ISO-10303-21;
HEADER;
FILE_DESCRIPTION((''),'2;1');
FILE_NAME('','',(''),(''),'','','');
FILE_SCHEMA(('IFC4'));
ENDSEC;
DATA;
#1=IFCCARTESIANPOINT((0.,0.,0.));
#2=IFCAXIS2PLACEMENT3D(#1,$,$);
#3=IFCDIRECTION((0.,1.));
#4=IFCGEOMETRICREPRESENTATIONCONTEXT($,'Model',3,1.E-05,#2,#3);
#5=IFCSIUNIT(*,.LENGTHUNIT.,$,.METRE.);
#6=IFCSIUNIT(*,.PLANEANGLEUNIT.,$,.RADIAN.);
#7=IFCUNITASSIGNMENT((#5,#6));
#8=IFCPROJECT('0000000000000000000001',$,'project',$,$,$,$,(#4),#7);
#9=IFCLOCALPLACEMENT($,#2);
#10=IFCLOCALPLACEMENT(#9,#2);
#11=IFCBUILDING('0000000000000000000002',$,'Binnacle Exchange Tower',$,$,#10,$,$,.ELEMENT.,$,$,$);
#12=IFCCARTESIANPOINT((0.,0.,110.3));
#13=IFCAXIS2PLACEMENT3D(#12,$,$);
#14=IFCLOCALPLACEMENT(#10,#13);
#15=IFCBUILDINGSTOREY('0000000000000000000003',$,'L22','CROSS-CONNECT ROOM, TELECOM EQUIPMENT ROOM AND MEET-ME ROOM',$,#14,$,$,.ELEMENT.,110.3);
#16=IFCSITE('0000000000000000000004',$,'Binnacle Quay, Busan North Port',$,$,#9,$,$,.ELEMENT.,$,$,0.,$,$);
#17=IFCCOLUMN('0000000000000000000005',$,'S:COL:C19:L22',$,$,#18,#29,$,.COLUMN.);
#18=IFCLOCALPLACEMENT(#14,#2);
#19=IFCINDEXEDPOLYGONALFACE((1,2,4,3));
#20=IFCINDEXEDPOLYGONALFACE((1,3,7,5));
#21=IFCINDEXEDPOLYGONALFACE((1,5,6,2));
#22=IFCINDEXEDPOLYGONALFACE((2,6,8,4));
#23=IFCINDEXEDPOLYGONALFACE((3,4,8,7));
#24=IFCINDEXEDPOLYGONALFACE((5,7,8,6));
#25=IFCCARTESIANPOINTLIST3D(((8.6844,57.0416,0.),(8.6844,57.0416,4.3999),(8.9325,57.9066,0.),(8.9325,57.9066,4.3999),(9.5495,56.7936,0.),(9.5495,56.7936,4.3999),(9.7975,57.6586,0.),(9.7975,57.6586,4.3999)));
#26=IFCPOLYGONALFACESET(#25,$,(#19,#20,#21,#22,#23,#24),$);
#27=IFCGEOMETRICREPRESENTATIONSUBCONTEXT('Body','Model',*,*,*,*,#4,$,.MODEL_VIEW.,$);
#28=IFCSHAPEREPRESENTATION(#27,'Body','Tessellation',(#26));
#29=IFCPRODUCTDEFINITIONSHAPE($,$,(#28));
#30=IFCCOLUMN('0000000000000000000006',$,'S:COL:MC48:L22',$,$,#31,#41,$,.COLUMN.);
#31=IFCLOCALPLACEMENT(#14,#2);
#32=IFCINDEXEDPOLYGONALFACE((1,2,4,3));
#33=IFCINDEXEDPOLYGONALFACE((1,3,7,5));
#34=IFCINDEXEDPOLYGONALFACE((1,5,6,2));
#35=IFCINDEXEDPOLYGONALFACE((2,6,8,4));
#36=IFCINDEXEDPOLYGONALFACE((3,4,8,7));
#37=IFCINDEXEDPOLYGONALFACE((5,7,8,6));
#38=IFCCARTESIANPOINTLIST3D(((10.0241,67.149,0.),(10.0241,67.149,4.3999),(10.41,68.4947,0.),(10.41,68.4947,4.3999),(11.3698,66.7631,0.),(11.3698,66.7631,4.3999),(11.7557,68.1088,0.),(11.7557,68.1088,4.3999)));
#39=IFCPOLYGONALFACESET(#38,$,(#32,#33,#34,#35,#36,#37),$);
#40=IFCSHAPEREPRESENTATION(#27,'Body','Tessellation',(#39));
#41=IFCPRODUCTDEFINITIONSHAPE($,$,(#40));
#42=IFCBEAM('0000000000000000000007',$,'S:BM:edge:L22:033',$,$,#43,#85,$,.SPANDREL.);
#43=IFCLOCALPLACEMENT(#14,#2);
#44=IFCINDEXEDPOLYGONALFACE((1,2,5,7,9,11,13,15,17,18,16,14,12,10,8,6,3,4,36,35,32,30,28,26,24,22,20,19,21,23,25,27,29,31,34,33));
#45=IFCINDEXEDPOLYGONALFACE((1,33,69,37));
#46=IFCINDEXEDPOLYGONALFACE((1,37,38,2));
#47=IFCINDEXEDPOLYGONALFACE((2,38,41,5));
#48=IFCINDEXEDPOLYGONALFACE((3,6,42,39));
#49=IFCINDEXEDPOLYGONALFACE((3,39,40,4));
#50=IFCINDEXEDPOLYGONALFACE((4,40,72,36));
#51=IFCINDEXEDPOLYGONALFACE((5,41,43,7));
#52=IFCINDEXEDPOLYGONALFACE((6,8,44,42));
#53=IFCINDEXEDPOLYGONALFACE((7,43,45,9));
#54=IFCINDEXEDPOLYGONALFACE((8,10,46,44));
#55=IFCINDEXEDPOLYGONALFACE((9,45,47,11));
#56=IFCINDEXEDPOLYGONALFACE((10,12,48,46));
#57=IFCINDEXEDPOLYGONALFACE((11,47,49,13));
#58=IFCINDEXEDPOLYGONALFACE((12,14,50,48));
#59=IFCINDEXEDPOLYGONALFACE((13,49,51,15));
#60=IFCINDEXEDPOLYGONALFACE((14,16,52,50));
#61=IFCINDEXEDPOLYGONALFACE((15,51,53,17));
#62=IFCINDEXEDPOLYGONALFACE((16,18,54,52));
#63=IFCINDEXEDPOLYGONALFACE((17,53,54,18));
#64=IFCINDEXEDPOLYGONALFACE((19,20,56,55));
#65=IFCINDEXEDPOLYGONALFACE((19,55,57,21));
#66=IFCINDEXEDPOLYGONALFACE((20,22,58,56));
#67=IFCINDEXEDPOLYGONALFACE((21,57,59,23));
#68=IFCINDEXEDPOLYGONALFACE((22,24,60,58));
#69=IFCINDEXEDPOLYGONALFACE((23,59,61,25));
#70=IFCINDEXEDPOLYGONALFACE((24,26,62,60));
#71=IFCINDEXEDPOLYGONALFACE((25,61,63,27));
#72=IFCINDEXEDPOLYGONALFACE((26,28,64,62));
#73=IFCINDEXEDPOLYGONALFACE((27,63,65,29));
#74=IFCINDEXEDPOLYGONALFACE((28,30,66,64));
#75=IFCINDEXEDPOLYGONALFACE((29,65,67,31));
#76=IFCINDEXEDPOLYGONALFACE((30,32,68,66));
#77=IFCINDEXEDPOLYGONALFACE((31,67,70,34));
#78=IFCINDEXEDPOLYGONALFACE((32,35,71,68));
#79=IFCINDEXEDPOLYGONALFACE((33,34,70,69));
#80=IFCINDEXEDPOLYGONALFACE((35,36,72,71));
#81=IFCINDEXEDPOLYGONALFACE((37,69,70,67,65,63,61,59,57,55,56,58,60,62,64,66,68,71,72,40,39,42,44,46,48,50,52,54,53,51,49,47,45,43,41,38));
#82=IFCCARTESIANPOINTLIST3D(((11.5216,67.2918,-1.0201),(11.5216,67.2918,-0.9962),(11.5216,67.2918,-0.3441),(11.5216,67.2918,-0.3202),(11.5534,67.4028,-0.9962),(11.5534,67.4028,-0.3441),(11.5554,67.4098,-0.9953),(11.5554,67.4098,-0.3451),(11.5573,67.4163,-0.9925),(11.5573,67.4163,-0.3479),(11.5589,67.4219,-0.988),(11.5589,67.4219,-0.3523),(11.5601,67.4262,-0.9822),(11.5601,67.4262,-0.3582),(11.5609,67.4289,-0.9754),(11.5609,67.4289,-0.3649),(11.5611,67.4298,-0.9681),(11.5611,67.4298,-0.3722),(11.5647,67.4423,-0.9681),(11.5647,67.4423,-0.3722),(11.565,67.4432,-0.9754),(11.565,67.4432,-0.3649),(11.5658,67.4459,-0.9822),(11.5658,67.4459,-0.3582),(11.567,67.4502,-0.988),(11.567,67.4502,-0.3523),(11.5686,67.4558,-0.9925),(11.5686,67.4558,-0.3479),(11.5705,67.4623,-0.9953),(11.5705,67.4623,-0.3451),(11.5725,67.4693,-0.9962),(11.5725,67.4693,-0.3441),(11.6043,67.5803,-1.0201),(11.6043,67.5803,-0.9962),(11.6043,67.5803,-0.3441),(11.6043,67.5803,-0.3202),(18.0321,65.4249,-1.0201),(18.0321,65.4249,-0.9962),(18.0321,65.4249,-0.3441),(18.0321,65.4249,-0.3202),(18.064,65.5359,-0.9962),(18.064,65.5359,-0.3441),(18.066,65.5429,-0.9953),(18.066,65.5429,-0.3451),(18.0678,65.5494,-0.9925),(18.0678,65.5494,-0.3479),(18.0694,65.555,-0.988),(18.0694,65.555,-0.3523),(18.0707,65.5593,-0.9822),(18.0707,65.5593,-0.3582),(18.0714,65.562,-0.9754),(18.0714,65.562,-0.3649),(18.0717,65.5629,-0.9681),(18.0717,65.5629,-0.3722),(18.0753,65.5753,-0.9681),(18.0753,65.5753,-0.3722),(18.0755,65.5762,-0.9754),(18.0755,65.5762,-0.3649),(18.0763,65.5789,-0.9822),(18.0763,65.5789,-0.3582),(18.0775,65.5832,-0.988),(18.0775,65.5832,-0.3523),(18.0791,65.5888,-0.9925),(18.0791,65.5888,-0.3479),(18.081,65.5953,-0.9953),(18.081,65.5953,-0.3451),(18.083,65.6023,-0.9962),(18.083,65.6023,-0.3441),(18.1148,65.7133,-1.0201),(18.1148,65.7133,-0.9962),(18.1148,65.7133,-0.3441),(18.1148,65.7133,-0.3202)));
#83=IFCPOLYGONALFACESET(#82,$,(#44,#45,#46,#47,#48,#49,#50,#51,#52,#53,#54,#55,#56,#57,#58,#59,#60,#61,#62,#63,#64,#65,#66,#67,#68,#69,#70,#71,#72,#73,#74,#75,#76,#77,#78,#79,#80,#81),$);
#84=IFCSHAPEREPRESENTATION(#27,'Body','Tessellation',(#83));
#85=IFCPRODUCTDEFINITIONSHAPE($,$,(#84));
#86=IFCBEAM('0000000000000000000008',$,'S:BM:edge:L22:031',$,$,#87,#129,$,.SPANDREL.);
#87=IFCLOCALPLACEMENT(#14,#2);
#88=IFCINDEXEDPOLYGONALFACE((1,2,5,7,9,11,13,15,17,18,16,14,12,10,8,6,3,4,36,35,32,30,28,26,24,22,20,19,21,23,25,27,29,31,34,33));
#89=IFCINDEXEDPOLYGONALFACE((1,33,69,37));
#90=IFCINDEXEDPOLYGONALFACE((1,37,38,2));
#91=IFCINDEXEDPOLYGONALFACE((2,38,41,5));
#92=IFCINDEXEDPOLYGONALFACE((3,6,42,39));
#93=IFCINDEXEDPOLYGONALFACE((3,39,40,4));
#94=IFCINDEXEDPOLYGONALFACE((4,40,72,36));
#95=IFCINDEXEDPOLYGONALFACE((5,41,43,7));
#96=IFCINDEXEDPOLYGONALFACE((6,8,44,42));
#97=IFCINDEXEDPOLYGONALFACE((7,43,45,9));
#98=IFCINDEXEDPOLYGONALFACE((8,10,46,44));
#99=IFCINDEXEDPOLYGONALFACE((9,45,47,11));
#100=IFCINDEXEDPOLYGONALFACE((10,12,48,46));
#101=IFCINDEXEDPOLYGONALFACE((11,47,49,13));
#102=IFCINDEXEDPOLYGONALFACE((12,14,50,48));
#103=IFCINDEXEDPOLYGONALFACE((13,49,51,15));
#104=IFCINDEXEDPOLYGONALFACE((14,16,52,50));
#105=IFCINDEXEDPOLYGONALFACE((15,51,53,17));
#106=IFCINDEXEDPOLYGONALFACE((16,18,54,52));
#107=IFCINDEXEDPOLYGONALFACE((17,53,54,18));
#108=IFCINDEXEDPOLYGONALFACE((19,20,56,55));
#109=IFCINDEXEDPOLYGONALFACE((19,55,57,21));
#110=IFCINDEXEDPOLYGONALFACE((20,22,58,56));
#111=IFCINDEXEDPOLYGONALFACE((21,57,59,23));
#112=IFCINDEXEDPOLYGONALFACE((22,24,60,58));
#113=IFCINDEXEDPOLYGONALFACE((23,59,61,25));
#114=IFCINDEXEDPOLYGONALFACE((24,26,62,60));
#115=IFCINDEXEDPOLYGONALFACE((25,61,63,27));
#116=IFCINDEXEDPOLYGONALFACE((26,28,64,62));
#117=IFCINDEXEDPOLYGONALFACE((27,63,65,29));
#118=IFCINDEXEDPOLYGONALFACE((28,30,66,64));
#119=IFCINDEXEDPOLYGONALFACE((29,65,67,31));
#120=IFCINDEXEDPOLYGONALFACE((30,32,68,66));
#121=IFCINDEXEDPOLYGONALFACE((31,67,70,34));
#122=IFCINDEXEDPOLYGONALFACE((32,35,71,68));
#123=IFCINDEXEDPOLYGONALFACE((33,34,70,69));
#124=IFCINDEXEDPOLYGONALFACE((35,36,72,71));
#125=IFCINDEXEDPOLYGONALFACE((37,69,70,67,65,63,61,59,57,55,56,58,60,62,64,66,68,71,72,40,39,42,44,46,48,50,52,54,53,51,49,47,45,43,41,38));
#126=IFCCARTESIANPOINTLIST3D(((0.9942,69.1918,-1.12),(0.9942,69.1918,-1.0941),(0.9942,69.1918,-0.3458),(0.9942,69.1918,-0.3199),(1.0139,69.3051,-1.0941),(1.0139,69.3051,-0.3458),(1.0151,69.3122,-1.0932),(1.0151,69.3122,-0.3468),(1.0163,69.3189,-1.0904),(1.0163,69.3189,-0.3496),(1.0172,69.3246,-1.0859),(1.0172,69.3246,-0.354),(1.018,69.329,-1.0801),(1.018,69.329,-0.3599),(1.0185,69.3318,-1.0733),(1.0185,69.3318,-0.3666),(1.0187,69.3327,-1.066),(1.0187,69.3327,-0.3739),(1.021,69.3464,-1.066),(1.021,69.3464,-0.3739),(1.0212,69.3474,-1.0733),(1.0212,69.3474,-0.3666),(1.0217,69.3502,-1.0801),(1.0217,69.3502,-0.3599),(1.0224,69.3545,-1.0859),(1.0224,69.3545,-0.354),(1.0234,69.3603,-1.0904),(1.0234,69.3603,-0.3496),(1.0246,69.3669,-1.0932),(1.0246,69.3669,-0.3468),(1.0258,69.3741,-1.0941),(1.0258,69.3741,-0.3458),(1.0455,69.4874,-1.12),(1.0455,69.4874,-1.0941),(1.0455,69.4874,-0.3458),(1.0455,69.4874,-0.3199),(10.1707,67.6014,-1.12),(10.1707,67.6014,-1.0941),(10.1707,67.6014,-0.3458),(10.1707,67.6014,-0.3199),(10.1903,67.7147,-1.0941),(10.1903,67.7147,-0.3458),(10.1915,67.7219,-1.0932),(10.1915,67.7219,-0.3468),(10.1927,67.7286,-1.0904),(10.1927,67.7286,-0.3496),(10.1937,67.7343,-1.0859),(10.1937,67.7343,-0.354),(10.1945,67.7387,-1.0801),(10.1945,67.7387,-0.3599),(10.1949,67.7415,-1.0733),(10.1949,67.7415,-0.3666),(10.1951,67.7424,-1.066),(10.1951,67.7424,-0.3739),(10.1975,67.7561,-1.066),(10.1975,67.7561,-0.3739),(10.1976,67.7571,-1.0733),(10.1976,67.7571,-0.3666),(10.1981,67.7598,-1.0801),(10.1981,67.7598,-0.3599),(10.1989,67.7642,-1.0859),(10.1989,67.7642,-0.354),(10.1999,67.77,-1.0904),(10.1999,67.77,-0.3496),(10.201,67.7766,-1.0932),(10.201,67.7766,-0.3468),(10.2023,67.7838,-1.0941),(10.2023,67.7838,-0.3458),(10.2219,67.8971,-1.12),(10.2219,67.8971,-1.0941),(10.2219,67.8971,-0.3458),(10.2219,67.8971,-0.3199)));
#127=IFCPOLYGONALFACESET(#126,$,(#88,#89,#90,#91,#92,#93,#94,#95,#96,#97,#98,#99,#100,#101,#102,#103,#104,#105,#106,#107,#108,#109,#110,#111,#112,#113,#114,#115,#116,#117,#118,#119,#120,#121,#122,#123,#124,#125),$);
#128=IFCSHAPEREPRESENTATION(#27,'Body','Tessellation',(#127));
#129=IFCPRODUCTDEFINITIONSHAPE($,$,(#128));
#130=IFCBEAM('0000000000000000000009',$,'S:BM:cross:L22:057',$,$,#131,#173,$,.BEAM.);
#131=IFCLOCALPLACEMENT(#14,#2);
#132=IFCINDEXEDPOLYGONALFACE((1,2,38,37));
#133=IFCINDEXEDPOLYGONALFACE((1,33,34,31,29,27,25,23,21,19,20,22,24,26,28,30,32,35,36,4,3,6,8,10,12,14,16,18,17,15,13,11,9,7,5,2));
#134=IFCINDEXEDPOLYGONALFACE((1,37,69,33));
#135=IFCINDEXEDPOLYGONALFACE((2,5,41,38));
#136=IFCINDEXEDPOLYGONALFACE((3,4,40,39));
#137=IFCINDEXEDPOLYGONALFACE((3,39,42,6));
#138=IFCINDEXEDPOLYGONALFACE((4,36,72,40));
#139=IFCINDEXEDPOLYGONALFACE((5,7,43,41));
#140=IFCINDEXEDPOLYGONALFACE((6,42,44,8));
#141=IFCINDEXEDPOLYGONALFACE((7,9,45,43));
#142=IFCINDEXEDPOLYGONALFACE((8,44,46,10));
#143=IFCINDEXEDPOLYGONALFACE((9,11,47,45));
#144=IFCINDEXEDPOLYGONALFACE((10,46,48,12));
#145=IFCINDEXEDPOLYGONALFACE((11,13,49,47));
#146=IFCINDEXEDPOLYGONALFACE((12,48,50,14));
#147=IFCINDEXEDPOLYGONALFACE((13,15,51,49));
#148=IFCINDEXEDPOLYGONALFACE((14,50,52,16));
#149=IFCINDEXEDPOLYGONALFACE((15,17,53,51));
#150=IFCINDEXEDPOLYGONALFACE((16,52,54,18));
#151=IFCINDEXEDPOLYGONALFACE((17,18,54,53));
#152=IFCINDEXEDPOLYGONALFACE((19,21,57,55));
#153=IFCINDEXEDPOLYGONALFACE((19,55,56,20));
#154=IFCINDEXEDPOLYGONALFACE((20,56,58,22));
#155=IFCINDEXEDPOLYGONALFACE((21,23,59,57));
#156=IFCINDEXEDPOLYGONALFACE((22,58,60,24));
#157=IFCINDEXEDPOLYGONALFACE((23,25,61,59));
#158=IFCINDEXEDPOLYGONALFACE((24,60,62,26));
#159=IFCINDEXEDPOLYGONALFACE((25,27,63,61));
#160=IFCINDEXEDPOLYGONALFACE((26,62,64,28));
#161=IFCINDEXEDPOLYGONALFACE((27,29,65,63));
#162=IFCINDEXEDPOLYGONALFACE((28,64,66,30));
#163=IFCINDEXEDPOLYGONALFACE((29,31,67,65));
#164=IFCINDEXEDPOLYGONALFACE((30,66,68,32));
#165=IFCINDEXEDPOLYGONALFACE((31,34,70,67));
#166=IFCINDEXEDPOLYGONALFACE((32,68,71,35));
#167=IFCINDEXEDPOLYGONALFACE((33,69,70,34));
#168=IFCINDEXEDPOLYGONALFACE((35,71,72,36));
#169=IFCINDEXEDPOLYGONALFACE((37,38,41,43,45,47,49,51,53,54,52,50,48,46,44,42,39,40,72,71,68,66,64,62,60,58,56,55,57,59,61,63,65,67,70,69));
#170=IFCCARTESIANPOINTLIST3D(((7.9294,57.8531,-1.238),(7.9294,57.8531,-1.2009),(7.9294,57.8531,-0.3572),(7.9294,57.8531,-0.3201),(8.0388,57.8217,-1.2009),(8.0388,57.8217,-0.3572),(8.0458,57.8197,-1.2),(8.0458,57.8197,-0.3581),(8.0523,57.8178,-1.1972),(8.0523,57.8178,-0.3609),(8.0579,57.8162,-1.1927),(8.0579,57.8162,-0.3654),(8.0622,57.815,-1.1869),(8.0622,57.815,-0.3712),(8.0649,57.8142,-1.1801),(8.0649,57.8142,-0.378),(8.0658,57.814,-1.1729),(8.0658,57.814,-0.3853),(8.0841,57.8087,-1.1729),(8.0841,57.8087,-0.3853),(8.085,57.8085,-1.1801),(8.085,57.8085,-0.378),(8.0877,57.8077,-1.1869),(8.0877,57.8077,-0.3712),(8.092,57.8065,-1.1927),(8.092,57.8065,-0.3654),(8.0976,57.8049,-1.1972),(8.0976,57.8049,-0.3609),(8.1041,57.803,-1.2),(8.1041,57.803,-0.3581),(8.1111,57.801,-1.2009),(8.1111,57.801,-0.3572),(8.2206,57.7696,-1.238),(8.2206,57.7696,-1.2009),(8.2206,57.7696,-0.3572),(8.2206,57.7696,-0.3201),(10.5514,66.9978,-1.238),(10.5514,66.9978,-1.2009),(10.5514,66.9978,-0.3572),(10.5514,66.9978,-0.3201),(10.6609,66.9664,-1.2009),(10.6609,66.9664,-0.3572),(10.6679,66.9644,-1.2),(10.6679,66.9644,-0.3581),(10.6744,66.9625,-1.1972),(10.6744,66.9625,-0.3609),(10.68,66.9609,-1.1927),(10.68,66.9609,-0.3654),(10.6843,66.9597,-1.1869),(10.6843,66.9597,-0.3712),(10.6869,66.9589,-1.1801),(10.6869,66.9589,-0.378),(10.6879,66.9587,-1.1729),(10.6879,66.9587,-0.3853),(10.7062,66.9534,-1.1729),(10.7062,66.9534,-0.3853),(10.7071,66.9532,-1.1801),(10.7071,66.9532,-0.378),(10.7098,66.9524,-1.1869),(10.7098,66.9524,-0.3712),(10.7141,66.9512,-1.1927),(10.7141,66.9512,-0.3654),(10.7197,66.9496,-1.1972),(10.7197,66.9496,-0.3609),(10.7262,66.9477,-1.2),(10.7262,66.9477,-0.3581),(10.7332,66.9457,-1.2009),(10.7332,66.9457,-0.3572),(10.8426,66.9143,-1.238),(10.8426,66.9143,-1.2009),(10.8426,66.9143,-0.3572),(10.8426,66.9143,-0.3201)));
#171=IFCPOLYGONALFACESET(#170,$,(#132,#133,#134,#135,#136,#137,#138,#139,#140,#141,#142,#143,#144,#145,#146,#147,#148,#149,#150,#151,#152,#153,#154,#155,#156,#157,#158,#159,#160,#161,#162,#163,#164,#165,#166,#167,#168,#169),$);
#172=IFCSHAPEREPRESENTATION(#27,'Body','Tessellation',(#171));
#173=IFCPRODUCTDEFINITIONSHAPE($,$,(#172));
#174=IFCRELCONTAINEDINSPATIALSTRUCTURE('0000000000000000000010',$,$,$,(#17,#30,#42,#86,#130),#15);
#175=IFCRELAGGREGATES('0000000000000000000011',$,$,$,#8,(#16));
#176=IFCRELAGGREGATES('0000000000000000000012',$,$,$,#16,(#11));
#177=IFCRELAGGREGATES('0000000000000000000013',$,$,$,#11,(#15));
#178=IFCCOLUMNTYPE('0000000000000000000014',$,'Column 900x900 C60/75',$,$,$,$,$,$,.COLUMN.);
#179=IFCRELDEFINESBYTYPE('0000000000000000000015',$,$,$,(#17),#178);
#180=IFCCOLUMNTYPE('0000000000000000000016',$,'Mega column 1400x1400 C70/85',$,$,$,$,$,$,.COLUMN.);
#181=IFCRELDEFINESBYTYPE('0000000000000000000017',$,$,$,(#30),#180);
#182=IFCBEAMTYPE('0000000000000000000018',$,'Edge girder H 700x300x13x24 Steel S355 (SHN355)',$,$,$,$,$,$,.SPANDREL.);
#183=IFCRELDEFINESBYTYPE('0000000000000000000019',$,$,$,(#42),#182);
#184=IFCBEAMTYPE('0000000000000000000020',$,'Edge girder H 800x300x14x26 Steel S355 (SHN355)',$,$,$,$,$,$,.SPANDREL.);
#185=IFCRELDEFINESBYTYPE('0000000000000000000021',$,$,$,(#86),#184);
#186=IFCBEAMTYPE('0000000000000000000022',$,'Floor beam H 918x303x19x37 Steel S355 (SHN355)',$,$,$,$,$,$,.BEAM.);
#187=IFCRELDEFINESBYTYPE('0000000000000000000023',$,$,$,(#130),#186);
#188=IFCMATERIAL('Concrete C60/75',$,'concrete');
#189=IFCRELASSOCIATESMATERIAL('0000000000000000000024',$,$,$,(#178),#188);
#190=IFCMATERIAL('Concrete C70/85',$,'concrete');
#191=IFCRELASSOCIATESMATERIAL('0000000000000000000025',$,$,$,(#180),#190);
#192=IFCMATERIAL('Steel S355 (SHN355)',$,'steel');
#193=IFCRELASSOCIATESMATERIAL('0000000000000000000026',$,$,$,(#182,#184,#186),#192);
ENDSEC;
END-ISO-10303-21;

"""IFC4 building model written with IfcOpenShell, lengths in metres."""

from ifc_helpers import new_model, si_unit, direction, frame, origin, origin_2d, place, context, subcontext, project, spatial, rectangle, i_section, extrude, material, material_profile, profile_set, type_object, element, save


model = new_model("IFC4")

# Units and contexts
model_context = context("Model", 3, precision=1e-05, world=origin(), true_north=direction((0.0, 1.0)))
body_context = subcontext(model_context, "Body", "Model", "MODEL_VIEW")
ifc_project = project(units=[si_unit("LENGTHUNIT", "METRE"), si_unit("PLANEANGLEUNIT", "RADIAN")], contexts=[model_context])

# Site, building, storey
site_placement = place(None, origin())
site = spatial("IfcSite", under=ifc_project, at=site_placement, Name="Binnacle Quay, Busan North Port", CompositionType="ELEMENT", RefElevation=0.0)
building_placement = place(site_placement, origin())
building = spatial("IfcBuilding", under=site, at=building_placement, Name="Binnacle Exchange Tower", CompositionType="ELEMENT")
storey_placement = place(building_placement, frame((0.0, 0.0, 110.3)))
storey = spatial("IfcBuildingStorey", under=building, at=storey_placement, Name="L22", Description="CROSS-CONNECT ROOM, TELECOM EQUIPMENT ROOM AND MEET-ME ROOM", CompositionType="ELEMENT", Elevation=110.3)

# Columns
ifc_material_1 = material(Name="Concrete C60/75", Category="concrete")
ifc_material_profile_1 = material_profile(ifc_material_1, rectangle(XDim=0.8999, YDim=0.8999, at=origin_2d()), Name="Column 900x900 C60/75")
ifc_profile_set_1 = profile_set([ifc_material_profile_1], Name="Concrete C60/75")
column_type_1 = type_object("IfcColumnType", Name="Column 900x900 C60/75", PredefinedType="COLUMN", material=ifc_profile_set_1)
column_1_placement = place(storey_placement, frame((9.241, 57.3501, 0.0), z_axis=(0.0, 0.0, 1.0), x_axis=(0.961262, -0.275637, 0.0)))
element("IfcColumn", 1, at=column_1_placement, inside=storey, type_object=column_type_1, Name="S:COL:C19:L22", PredefinedType="COLUMN", context=body_context, shape_type="SweptSolid", body=[
    extrude(rectangle(XDim=0.8999, YDim=0.8999, at=origin_2d()), origin(), (0.0, 0.0, 1.0), 4.3999),
])
ifc_material_2 = material(Name="Concrete C70/85", Category="concrete")
ifc_material_profile_2 = material_profile(ifc_material_2, rectangle(XDim=1.3999, YDim=1.3999, at=origin_2d()), Name="Mega column 1400x1400 C70/85")
ifc_profile_set_2 = profile_set([ifc_material_profile_2], Name="Concrete C70/85")
column_type_2 = type_object("IfcColumnType", Name="Mega column 1400x1400 C70/85", PredefinedType="COLUMN", material=ifc_profile_set_2)
column_2_placement = place(storey_placement, frame((10.8899, 67.6289, 0.0), z_axis=(0.0, 0.0, 1.0), x_axis=(-0.961262, 0.275637, 0.0)))
element("IfcColumn", 2, at=column_2_placement, inside=storey, type_object=column_type_2, Name="S:COL:MC48:L22", PredefinedType="COLUMN", context=body_context, shape_type="SweptSolid", body=[
    extrude(rectangle(XDim=1.3999, YDim=1.3999, at=origin_2d()), origin(), (0.0, 0.0, 1.0), 4.3999),
])

# Beams
ifc_material_3 = material(Name="Steel S355 (SHN355)", Category="steel")
ifc_material_profile_3 = material_profile(ifc_material_3, i_section(OverallWidth=0.3, OverallDepth=0.7, WebThickness=0.0129, FlangeThickness=0.0239, FilletRadius=0.0281, at=origin_2d()), Name="H 700x300x13x24")
ifc_profile_set_3 = profile_set([ifc_material_profile_3], Name="Steel S355 (SHN355)")
beam_type_1 = type_object("IfcBeamType", Name="Edge girder H 700x300x13x24 Steel S355 (SHN355)", PredefinedType="SPANDREL", material=ifc_profile_set_3)
beam_1_placement = place(storey_placement, frame((18.0735, 65.5691, -0.6702), z_axis=(-0.961258, 0.275649, 0.0), x_axis=(-0.275649, -0.961258, 0.0)))
element("IfcBeam", 3, at=beam_1_placement, inside=storey, type_object=beam_type_1, Name="S:BM:edge:L22:033", PredefinedType="SPANDREL", context=body_context, shape_type="SweptSolid", body=[
    extrude(i_section(OverallWidth=0.3, OverallDepth=0.7, WebThickness=0.0129, FlangeThickness=0.0239, FilletRadius=0.0281, at=origin_2d()), origin(), (0.0, 0.0, 1.0), 6.7729),
])
ifc_material_profile_4 = material_profile(ifc_material_3, i_section(OverallWidth=0.3, OverallDepth=0.8, WebThickness=0.0139, FlangeThickness=0.0259, FilletRadius=0.0281, at=origin_2d()), Name="H 800x300x14x26")
ifc_profile_set_4 = profile_set([ifc_material_profile_4], Name="Steel S355 (SHN355)")
beam_type_2 = type_object("IfcBeamType", Name="Edge girder H 800x300x14x26 Steel S355 (SHN355)", PredefinedType="SPANDREL", material=ifc_profile_set_4)
beam_2_placement = place(storey_placement, frame((10.1963, 67.7493, -0.72), z_axis=(-0.985313, 0.170759, 0.0), x_axis=(-0.170759, -0.985313, 0.0)))
element("IfcBeam", 4, at=beam_2_placement, inside=storey, type_object=beam_type_2, Name="S:BM:edge:L22:031", PredefinedType="SPANDREL", context=body_context, shape_type="SweptSolid", body=[
    extrude(i_section(OverallWidth=0.3, OverallDepth=0.8, WebThickness=0.0139, FlangeThickness=0.0259, FilletRadius=0.0281, at=origin_2d()), origin(), (0.0, 0.0, 1.0), 9.3132),
])
ifc_material_profile_5 = material_profile(ifc_material_3, i_section(OverallWidth=0.303, OverallDepth=0.918, WebThickness=0.019, FlangeThickness=0.0371, FilletRadius=0.0281, at=origin_2d()), Name="H 918x303x19x37")
ifc_profile_set_5 = profile_set([ifc_material_profile_5], Name="Steel S355 (SHN355)")
beam_type_3 = type_object("IfcBeamType", Name="Floor beam H 918x303x19x37 Steel S355 (SHN355)", PredefinedType="BEAM", material=ifc_profile_set_5)
beam_3_placement = place(storey_placement, frame((10.697, 66.9561, -0.7791), z_axis=(-0.275623, -0.961266, 0.0), x_axis=(0.961266, -0.275623, 0.0)))
element("IfcBeam", 5, at=beam_3_placement, inside=storey, type_object=beam_type_3, Name="S:BM:cross:L22:057", PredefinedType="BEAM", context=body_context, shape_type="SweptSolid", body=[
    extrude(i_section(OverallWidth=0.303, OverallDepth=0.918, WebThickness=0.019, FlangeThickness=0.0371, FilletRadius=0.0281, at=origin_2d()), origin(), (0.0, 0.0, 1.0), 9.5132),
])

save(model, "model.ifc")
